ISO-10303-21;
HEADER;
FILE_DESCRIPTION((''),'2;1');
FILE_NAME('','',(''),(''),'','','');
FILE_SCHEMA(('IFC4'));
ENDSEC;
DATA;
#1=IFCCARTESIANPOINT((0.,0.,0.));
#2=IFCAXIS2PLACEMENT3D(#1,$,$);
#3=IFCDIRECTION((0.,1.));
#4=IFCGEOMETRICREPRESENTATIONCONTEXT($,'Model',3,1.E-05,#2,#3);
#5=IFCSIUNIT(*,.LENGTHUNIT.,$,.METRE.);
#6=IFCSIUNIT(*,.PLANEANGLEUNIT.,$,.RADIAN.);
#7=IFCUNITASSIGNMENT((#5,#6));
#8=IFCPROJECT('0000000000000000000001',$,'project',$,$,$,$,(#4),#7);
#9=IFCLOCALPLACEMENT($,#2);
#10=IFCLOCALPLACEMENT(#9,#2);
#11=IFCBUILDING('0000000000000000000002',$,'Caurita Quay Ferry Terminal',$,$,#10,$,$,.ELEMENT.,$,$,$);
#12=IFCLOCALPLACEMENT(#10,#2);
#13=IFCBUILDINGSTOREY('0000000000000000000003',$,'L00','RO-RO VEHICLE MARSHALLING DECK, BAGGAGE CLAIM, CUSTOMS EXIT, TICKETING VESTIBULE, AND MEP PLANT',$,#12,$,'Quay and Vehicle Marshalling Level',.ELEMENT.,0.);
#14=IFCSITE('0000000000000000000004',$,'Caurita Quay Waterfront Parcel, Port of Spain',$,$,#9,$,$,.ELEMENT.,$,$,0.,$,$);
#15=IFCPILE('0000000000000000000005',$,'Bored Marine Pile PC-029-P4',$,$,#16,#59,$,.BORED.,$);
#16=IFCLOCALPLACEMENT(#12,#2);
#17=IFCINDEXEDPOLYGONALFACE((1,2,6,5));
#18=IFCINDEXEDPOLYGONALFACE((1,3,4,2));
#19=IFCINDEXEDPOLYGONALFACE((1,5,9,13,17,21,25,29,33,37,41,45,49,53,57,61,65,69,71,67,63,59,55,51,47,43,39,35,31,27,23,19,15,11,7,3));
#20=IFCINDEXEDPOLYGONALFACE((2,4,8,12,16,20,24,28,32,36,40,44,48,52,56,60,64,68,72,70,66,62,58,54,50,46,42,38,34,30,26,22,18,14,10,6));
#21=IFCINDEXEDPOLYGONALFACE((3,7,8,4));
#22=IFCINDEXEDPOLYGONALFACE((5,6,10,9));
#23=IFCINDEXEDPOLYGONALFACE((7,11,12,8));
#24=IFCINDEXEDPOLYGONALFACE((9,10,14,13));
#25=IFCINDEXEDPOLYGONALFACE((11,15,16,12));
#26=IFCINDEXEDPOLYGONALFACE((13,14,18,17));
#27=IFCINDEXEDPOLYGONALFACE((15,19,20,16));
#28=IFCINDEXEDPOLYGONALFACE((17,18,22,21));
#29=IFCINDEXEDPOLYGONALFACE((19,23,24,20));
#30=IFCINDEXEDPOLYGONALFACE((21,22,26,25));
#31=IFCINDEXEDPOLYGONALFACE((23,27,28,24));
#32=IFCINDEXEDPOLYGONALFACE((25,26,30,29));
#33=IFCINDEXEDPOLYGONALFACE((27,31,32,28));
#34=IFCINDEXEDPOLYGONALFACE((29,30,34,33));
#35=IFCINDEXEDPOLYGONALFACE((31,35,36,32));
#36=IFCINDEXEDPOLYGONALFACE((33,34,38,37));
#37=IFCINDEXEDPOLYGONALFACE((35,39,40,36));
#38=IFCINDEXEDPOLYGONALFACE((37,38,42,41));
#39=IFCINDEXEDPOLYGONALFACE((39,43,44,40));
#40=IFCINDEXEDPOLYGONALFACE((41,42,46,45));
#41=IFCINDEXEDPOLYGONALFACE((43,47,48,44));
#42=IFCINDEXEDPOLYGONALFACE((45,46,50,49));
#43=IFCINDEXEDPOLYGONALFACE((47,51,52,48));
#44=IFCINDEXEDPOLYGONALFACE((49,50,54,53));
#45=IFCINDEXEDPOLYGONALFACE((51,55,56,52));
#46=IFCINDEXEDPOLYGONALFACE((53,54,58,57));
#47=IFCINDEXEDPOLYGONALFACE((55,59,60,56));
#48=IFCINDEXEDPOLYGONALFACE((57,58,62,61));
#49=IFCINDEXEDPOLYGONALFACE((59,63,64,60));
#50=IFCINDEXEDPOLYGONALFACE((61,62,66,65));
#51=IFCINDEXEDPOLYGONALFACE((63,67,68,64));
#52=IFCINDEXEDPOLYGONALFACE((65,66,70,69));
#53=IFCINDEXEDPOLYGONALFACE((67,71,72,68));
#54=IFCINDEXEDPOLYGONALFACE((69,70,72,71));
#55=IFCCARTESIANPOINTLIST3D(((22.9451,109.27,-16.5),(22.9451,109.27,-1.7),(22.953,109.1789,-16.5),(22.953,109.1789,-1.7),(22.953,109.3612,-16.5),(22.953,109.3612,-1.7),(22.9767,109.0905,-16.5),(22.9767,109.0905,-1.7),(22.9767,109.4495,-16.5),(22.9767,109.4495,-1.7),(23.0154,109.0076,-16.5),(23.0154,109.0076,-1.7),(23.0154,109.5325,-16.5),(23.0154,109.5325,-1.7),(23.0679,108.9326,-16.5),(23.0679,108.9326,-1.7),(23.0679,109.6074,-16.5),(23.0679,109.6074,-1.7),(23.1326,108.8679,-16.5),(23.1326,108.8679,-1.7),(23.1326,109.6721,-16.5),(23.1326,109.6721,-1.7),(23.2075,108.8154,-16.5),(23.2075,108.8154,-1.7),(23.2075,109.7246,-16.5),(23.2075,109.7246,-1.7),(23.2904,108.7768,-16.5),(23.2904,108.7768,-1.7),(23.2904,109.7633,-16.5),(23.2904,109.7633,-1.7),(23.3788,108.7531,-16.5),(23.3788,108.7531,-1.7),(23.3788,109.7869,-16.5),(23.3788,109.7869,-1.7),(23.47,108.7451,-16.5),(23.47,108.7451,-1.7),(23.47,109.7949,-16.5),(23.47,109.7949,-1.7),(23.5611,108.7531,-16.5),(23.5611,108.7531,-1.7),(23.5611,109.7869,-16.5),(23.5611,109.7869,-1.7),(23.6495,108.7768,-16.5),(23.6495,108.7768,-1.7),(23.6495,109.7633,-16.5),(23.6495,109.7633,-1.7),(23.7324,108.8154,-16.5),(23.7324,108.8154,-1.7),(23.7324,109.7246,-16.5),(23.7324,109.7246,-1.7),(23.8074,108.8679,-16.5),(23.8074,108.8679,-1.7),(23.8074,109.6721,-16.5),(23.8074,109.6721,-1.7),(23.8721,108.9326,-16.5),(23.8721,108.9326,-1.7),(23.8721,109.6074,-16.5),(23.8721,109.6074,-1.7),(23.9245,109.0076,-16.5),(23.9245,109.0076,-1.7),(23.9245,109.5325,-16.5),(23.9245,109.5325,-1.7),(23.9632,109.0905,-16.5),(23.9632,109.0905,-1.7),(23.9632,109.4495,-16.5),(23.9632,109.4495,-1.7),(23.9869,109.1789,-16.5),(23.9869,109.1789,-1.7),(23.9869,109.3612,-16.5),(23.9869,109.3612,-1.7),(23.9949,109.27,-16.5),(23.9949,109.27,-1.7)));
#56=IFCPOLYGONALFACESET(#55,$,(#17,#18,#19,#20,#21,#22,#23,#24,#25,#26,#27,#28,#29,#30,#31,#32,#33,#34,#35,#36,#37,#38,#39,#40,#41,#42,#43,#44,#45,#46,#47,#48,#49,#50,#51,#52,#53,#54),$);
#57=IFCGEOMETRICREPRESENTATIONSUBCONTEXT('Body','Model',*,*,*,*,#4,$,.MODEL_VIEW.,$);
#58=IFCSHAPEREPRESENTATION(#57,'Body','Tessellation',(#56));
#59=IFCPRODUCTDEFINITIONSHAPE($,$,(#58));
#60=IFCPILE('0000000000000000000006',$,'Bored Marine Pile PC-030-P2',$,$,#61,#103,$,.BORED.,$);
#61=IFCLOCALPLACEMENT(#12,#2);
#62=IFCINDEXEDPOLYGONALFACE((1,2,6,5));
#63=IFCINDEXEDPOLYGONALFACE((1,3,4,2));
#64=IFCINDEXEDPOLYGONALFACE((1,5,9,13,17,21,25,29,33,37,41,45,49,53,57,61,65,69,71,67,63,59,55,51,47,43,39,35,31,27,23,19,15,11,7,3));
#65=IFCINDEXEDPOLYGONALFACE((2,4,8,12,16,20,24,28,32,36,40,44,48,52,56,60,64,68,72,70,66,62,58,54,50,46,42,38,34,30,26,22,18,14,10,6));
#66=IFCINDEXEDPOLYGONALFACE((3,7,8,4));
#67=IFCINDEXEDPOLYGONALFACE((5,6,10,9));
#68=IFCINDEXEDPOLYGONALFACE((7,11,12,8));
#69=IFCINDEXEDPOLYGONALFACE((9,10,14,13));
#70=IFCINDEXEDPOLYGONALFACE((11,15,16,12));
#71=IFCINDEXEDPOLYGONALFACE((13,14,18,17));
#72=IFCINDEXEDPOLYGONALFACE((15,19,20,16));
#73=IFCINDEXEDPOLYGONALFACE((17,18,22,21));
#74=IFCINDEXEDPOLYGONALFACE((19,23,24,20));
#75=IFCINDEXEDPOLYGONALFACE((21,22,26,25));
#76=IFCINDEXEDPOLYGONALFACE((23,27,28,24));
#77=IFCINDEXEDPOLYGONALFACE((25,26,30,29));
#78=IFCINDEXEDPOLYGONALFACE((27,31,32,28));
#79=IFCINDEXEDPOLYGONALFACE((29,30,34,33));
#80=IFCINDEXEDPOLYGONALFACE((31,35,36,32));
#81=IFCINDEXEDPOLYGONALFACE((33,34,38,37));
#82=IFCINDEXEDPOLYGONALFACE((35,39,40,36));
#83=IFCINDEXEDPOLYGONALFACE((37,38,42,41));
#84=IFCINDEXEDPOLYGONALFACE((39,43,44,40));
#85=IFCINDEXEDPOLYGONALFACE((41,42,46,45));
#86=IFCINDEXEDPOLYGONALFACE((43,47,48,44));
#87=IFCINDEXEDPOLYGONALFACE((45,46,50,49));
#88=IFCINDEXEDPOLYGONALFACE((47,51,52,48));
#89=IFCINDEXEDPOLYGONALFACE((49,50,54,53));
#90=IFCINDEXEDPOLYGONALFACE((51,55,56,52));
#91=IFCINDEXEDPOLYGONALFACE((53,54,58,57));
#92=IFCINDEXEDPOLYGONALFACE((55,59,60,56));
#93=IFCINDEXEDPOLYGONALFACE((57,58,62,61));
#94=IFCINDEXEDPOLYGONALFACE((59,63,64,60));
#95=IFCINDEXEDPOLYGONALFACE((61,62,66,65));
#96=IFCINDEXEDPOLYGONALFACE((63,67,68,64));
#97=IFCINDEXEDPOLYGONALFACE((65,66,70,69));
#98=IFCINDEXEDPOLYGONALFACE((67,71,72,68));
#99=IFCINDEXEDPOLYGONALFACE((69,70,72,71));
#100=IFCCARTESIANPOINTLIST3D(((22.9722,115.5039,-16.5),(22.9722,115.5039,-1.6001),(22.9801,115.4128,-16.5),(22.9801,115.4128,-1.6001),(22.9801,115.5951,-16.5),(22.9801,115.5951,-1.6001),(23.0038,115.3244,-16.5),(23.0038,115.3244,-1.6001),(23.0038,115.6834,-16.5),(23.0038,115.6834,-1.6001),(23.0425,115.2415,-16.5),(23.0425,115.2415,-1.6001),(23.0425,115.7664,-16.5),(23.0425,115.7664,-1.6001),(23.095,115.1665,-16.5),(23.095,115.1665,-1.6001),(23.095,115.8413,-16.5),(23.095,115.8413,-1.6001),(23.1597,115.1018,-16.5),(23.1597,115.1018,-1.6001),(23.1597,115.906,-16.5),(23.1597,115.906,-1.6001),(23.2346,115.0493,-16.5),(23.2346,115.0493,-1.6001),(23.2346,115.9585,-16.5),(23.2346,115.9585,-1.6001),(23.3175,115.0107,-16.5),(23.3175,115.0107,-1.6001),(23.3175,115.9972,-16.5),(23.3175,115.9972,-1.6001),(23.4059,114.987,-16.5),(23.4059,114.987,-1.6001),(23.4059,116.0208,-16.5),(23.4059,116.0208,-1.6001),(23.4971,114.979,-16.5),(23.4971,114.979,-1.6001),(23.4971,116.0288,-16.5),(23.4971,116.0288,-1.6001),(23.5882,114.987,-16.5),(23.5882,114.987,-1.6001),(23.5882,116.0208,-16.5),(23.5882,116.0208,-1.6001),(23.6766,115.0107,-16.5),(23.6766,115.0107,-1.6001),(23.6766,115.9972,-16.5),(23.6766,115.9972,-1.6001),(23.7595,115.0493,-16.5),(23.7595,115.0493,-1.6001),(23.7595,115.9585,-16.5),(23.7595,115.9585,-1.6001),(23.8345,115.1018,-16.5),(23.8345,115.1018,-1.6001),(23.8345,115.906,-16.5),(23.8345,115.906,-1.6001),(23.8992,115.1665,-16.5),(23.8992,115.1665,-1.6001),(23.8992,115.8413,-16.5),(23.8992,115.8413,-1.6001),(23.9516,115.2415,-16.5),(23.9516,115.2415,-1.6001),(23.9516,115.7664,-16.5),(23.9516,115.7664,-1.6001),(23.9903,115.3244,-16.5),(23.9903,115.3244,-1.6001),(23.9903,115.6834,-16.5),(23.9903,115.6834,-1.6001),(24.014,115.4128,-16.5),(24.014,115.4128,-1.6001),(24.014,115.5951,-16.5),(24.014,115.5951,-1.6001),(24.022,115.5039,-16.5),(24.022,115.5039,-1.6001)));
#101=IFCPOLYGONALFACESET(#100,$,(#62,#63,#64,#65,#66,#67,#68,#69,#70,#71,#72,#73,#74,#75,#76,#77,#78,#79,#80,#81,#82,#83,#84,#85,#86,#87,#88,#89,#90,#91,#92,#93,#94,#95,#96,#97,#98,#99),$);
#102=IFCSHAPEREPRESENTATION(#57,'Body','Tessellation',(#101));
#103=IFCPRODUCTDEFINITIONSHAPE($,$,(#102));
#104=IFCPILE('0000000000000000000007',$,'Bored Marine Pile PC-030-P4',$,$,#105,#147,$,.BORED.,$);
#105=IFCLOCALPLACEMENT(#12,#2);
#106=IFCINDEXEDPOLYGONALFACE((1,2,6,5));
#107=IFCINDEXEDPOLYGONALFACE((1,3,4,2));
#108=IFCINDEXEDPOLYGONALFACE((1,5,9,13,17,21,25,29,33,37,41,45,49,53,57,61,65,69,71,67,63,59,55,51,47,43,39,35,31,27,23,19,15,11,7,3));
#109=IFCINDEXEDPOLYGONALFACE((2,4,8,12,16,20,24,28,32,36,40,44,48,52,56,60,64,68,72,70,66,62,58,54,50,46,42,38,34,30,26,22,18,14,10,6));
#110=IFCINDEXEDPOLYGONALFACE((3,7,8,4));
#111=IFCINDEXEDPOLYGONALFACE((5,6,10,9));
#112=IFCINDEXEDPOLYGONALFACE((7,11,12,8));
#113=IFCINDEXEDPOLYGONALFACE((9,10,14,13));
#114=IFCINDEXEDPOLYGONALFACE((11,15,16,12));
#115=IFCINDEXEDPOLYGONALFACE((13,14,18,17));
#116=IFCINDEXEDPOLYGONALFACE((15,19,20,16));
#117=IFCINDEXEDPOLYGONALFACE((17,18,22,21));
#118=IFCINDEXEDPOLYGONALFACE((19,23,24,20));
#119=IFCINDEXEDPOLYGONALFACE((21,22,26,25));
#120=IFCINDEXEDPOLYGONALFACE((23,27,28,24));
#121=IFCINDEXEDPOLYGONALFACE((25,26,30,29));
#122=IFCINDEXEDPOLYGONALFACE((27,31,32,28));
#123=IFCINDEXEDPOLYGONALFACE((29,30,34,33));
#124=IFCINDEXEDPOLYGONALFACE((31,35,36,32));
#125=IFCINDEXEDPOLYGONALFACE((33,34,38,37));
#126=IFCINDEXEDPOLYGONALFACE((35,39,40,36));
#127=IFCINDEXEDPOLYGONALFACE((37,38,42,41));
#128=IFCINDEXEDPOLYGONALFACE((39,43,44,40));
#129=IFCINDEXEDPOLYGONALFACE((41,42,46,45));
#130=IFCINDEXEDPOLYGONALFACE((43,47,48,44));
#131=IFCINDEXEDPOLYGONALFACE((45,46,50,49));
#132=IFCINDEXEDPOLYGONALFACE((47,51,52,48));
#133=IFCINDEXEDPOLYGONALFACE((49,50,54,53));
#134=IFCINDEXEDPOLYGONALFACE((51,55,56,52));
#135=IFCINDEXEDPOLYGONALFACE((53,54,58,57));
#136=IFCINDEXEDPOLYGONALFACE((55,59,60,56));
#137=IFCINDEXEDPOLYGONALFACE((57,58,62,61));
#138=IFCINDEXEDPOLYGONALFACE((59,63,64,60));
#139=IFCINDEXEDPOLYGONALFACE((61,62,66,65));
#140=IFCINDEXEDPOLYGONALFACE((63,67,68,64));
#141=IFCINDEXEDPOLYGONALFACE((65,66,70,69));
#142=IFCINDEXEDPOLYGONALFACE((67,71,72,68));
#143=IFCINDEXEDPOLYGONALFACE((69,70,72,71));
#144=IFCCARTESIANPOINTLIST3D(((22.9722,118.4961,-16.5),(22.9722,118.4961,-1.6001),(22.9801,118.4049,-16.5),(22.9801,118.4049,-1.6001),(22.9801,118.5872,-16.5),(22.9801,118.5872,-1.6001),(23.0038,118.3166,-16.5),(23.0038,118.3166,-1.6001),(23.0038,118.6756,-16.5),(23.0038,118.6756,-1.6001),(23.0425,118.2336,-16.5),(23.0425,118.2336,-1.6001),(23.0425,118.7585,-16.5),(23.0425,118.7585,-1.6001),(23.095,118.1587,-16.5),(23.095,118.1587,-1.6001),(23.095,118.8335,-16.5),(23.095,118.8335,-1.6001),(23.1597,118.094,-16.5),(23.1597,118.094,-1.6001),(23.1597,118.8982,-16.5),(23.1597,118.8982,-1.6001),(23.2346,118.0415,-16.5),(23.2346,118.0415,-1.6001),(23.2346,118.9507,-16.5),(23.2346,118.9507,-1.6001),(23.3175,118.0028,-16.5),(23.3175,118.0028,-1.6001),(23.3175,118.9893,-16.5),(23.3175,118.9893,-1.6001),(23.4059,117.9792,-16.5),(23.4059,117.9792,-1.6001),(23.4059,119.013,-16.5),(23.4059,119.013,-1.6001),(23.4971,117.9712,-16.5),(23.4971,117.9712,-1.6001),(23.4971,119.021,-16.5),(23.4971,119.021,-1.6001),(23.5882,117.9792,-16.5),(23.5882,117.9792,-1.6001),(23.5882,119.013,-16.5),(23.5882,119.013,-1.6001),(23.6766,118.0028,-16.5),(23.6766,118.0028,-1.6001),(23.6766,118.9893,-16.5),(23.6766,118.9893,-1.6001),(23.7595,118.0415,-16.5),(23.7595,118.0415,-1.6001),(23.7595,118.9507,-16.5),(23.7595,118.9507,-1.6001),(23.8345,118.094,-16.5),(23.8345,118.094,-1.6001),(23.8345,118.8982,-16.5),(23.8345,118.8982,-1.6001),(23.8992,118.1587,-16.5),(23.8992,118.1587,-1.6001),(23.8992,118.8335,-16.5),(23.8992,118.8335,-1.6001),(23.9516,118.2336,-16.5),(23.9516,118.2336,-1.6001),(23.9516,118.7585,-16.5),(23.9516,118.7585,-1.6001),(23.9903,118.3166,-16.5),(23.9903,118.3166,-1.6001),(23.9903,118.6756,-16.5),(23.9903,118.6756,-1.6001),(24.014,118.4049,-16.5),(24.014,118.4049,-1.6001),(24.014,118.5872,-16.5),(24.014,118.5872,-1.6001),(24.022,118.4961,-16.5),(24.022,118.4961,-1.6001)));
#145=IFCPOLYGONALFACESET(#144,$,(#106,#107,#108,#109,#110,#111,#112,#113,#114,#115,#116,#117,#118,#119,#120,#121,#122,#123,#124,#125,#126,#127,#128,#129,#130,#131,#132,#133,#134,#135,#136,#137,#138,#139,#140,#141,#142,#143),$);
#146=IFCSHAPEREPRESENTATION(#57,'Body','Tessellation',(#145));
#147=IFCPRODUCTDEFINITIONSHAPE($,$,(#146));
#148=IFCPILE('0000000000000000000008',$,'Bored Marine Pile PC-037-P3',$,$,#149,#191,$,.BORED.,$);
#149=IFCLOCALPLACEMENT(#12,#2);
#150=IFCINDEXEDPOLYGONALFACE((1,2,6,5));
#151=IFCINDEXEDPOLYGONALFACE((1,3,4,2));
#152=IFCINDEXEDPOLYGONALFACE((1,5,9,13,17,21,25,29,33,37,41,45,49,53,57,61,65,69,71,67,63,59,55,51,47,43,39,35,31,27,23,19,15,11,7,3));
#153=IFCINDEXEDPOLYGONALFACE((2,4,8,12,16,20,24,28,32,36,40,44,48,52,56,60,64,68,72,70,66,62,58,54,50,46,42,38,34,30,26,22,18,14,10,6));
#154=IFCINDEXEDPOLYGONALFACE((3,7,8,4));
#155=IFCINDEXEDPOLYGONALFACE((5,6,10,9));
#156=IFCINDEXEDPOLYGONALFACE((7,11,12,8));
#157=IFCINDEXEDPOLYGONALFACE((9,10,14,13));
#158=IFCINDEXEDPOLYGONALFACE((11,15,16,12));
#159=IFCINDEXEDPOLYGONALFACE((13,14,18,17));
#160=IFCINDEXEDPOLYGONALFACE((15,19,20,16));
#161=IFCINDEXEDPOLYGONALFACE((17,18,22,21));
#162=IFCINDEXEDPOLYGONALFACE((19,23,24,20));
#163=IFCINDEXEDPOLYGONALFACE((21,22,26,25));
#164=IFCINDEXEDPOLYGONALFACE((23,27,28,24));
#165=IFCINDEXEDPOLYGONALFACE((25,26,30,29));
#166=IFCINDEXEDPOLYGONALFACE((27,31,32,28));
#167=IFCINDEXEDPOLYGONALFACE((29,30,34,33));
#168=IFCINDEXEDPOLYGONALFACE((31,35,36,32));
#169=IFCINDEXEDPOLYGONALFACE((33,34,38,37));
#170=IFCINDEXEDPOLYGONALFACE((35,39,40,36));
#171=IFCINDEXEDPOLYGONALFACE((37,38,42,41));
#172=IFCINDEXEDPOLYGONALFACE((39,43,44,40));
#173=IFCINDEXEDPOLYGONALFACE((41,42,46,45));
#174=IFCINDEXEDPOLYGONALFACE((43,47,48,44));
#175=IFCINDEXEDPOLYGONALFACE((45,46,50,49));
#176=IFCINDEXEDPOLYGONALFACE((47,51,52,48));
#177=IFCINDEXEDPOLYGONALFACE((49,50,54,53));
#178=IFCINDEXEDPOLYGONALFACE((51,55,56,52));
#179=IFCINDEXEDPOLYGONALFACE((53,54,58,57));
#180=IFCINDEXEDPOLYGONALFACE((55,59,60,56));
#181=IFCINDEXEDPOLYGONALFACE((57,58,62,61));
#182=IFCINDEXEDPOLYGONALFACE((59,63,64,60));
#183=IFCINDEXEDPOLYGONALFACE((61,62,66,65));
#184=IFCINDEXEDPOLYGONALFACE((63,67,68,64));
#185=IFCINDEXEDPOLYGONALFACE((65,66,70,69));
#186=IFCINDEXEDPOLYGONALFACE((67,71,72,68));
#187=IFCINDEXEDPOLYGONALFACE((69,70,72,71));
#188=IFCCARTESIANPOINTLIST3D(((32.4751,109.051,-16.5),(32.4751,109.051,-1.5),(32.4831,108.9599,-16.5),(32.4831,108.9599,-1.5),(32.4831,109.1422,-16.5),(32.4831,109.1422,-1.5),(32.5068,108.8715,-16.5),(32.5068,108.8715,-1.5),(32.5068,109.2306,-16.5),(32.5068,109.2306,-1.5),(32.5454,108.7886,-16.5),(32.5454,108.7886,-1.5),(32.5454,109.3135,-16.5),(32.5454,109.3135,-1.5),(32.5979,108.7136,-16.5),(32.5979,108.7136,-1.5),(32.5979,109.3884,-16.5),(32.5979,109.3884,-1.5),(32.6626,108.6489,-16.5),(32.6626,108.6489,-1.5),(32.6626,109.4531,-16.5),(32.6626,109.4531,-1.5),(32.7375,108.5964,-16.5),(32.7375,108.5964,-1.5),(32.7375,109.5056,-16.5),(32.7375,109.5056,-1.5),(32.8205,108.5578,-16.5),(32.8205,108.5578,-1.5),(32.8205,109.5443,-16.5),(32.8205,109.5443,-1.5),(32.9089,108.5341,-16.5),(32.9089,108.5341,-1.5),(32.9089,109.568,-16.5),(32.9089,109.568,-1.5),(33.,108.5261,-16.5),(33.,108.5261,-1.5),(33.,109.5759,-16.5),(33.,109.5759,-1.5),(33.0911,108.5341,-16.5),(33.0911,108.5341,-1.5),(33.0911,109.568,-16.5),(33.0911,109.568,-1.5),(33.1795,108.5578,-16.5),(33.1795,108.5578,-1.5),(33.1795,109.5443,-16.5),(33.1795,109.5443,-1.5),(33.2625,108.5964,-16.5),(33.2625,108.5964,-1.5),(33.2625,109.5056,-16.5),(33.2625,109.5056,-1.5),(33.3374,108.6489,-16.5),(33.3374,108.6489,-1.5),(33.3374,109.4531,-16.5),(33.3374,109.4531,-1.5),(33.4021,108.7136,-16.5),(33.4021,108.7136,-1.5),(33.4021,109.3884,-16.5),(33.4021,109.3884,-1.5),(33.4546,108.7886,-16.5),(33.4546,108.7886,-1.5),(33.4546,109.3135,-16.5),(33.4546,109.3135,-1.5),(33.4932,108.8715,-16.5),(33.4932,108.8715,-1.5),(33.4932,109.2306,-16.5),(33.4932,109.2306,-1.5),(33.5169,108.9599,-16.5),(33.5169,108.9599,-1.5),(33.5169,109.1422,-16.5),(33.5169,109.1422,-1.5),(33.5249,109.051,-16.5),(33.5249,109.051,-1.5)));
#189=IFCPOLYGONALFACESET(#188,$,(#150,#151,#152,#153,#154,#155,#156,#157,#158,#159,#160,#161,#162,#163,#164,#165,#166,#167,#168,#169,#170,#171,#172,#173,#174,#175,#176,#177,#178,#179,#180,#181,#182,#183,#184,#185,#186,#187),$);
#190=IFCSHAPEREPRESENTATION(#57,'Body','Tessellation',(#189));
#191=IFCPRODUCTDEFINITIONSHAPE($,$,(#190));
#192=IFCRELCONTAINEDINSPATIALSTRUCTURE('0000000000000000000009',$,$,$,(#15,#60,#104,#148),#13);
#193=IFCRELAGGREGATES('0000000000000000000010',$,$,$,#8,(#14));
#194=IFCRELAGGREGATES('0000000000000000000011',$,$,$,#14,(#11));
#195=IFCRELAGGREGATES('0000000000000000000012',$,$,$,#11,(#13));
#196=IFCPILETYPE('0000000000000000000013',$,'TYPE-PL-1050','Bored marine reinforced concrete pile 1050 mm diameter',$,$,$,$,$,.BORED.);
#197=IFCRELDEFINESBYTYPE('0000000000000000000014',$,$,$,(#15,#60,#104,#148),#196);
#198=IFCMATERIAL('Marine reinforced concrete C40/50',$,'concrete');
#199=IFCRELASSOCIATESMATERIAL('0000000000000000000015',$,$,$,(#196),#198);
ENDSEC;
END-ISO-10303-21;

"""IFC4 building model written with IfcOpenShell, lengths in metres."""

from ifc_helpers import new_model, si_unit, direction, frame, origin, origin_2d, place, context, subcontext, project, spatial, circle, extrude, material, material_profile, profile_set, type_object, element, save


model = new_model("IFC4")

# Units and contexts
model_context = context("Model", 3, precision=1e-05, world=origin(), true_north=direction((0.0, 1.0)))
body_context = subcontext(model_context, "Body", "Model", "MODEL_VIEW")
ifc_project = project(units=[si_unit("LENGTHUNIT", "METRE"), si_unit("PLANEANGLEUNIT", "RADIAN")], contexts=[model_context])

# Site, building, storey
site_placement = place(None, origin())
site = spatial("IfcSite", under=ifc_project, at=site_placement, Name="Caurita Quay Waterfront Parcel, Port of Spain", CompositionType="ELEMENT", RefElevation=0.0)
building_placement = place(site_placement, origin())
building = spatial("IfcBuilding", under=site, at=building_placement, Name="Caurita Quay Ferry Terminal", CompositionType="ELEMENT")
storey_placement = place(building_placement, origin())
storey = spatial("IfcBuildingStorey", under=building, at=storey_placement, Name="L00", Description="RO-RO VEHICLE MARSHALLING DECK, BAGGAGE CLAIM, CUSTOMS EXIT, TICKETING VESTIBULE, AND MEP PLANT", LongName="Quay and Vehicle Marshalling Level", CompositionType="ELEMENT", Elevation=0.0)

# Piles
ifc_material_1 = material(Name="Marine reinforced concrete C40/50", Category="concrete")
ifc_material_profile_1 = material_profile(ifc_material_1, circle(Radius=0.5249, at=origin_2d()), Name="PILE-D1050")
ifc_profile_set_1 = profile_set([ifc_material_profile_1], Name="Marine reinforced concrete C40/50")
pile_type = type_object("IfcPileType", Name="TYPE-PL-1050", Description="Bored marine reinforced concrete pile 1050 mm diameter", PredefinedType="BORED", material=ifc_profile_set_1)
pile_1_placement = place(storey_placement, frame((23.47, 109.27, -1.7), z_axis=(0.0, 0.0, -1.0), x_axis=(1.0, 0.0, 0.0)))
element("IfcPile", 1, at=pile_1_placement, inside=storey, type_object=pile_type, Name="Bored Marine Pile PC-029-P4", PredefinedType="BORED", context=body_context, shape_type="SweptSolid", body=[
    extrude(circle(Radius=0.5249, at=origin_2d()), origin(), (0.0, 0.0, 1.0), 14.8),
])
for number, where, z_axis, x_axis, name in (
    (2, (23.4971, 115.5039, -1.6001), (0.0, 0.0, -1.0), (1.0, 0.0, 0.0), "Bored Marine Pile PC-030-P2"),
    (3, (23.4971, 118.4961, -1.6001), (0.0, 0.0, -1.0), (1.0, 0.0, 0.0), "Bored Marine Pile PC-030-P4"),
):
    element("IfcPile", number, at=place(storey_placement, frame(where, z_axis=z_axis, x_axis=x_axis)), inside=storey, type_object=pile_type, Name=name, PredefinedType="BORED", context=body_context, shape_type="SweptSolid", body=[
        extrude(circle(Radius=0.5249, at=origin_2d()), origin(), (0.0, 0.0, 1.0), 14.8999),
    ])
pile_2_placement = place(storey_placement, frame((33.0, 109.051, -1.5), z_axis=(0.0, 0.0, -1.0), x_axis=(1.0, 0.0, 0.0)))
element("IfcPile", 4, at=pile_2_placement, inside=storey, type_object=pile_type, Name="Bored Marine Pile PC-037-P3", PredefinedType="BORED", context=body_context, shape_type="SweptSolid", body=[
    extrude(circle(Radius=0.5249, at=origin_2d()), origin(), (0.0, 0.0, 1.0), 15.0),
])

save(model, "model.ifc")
